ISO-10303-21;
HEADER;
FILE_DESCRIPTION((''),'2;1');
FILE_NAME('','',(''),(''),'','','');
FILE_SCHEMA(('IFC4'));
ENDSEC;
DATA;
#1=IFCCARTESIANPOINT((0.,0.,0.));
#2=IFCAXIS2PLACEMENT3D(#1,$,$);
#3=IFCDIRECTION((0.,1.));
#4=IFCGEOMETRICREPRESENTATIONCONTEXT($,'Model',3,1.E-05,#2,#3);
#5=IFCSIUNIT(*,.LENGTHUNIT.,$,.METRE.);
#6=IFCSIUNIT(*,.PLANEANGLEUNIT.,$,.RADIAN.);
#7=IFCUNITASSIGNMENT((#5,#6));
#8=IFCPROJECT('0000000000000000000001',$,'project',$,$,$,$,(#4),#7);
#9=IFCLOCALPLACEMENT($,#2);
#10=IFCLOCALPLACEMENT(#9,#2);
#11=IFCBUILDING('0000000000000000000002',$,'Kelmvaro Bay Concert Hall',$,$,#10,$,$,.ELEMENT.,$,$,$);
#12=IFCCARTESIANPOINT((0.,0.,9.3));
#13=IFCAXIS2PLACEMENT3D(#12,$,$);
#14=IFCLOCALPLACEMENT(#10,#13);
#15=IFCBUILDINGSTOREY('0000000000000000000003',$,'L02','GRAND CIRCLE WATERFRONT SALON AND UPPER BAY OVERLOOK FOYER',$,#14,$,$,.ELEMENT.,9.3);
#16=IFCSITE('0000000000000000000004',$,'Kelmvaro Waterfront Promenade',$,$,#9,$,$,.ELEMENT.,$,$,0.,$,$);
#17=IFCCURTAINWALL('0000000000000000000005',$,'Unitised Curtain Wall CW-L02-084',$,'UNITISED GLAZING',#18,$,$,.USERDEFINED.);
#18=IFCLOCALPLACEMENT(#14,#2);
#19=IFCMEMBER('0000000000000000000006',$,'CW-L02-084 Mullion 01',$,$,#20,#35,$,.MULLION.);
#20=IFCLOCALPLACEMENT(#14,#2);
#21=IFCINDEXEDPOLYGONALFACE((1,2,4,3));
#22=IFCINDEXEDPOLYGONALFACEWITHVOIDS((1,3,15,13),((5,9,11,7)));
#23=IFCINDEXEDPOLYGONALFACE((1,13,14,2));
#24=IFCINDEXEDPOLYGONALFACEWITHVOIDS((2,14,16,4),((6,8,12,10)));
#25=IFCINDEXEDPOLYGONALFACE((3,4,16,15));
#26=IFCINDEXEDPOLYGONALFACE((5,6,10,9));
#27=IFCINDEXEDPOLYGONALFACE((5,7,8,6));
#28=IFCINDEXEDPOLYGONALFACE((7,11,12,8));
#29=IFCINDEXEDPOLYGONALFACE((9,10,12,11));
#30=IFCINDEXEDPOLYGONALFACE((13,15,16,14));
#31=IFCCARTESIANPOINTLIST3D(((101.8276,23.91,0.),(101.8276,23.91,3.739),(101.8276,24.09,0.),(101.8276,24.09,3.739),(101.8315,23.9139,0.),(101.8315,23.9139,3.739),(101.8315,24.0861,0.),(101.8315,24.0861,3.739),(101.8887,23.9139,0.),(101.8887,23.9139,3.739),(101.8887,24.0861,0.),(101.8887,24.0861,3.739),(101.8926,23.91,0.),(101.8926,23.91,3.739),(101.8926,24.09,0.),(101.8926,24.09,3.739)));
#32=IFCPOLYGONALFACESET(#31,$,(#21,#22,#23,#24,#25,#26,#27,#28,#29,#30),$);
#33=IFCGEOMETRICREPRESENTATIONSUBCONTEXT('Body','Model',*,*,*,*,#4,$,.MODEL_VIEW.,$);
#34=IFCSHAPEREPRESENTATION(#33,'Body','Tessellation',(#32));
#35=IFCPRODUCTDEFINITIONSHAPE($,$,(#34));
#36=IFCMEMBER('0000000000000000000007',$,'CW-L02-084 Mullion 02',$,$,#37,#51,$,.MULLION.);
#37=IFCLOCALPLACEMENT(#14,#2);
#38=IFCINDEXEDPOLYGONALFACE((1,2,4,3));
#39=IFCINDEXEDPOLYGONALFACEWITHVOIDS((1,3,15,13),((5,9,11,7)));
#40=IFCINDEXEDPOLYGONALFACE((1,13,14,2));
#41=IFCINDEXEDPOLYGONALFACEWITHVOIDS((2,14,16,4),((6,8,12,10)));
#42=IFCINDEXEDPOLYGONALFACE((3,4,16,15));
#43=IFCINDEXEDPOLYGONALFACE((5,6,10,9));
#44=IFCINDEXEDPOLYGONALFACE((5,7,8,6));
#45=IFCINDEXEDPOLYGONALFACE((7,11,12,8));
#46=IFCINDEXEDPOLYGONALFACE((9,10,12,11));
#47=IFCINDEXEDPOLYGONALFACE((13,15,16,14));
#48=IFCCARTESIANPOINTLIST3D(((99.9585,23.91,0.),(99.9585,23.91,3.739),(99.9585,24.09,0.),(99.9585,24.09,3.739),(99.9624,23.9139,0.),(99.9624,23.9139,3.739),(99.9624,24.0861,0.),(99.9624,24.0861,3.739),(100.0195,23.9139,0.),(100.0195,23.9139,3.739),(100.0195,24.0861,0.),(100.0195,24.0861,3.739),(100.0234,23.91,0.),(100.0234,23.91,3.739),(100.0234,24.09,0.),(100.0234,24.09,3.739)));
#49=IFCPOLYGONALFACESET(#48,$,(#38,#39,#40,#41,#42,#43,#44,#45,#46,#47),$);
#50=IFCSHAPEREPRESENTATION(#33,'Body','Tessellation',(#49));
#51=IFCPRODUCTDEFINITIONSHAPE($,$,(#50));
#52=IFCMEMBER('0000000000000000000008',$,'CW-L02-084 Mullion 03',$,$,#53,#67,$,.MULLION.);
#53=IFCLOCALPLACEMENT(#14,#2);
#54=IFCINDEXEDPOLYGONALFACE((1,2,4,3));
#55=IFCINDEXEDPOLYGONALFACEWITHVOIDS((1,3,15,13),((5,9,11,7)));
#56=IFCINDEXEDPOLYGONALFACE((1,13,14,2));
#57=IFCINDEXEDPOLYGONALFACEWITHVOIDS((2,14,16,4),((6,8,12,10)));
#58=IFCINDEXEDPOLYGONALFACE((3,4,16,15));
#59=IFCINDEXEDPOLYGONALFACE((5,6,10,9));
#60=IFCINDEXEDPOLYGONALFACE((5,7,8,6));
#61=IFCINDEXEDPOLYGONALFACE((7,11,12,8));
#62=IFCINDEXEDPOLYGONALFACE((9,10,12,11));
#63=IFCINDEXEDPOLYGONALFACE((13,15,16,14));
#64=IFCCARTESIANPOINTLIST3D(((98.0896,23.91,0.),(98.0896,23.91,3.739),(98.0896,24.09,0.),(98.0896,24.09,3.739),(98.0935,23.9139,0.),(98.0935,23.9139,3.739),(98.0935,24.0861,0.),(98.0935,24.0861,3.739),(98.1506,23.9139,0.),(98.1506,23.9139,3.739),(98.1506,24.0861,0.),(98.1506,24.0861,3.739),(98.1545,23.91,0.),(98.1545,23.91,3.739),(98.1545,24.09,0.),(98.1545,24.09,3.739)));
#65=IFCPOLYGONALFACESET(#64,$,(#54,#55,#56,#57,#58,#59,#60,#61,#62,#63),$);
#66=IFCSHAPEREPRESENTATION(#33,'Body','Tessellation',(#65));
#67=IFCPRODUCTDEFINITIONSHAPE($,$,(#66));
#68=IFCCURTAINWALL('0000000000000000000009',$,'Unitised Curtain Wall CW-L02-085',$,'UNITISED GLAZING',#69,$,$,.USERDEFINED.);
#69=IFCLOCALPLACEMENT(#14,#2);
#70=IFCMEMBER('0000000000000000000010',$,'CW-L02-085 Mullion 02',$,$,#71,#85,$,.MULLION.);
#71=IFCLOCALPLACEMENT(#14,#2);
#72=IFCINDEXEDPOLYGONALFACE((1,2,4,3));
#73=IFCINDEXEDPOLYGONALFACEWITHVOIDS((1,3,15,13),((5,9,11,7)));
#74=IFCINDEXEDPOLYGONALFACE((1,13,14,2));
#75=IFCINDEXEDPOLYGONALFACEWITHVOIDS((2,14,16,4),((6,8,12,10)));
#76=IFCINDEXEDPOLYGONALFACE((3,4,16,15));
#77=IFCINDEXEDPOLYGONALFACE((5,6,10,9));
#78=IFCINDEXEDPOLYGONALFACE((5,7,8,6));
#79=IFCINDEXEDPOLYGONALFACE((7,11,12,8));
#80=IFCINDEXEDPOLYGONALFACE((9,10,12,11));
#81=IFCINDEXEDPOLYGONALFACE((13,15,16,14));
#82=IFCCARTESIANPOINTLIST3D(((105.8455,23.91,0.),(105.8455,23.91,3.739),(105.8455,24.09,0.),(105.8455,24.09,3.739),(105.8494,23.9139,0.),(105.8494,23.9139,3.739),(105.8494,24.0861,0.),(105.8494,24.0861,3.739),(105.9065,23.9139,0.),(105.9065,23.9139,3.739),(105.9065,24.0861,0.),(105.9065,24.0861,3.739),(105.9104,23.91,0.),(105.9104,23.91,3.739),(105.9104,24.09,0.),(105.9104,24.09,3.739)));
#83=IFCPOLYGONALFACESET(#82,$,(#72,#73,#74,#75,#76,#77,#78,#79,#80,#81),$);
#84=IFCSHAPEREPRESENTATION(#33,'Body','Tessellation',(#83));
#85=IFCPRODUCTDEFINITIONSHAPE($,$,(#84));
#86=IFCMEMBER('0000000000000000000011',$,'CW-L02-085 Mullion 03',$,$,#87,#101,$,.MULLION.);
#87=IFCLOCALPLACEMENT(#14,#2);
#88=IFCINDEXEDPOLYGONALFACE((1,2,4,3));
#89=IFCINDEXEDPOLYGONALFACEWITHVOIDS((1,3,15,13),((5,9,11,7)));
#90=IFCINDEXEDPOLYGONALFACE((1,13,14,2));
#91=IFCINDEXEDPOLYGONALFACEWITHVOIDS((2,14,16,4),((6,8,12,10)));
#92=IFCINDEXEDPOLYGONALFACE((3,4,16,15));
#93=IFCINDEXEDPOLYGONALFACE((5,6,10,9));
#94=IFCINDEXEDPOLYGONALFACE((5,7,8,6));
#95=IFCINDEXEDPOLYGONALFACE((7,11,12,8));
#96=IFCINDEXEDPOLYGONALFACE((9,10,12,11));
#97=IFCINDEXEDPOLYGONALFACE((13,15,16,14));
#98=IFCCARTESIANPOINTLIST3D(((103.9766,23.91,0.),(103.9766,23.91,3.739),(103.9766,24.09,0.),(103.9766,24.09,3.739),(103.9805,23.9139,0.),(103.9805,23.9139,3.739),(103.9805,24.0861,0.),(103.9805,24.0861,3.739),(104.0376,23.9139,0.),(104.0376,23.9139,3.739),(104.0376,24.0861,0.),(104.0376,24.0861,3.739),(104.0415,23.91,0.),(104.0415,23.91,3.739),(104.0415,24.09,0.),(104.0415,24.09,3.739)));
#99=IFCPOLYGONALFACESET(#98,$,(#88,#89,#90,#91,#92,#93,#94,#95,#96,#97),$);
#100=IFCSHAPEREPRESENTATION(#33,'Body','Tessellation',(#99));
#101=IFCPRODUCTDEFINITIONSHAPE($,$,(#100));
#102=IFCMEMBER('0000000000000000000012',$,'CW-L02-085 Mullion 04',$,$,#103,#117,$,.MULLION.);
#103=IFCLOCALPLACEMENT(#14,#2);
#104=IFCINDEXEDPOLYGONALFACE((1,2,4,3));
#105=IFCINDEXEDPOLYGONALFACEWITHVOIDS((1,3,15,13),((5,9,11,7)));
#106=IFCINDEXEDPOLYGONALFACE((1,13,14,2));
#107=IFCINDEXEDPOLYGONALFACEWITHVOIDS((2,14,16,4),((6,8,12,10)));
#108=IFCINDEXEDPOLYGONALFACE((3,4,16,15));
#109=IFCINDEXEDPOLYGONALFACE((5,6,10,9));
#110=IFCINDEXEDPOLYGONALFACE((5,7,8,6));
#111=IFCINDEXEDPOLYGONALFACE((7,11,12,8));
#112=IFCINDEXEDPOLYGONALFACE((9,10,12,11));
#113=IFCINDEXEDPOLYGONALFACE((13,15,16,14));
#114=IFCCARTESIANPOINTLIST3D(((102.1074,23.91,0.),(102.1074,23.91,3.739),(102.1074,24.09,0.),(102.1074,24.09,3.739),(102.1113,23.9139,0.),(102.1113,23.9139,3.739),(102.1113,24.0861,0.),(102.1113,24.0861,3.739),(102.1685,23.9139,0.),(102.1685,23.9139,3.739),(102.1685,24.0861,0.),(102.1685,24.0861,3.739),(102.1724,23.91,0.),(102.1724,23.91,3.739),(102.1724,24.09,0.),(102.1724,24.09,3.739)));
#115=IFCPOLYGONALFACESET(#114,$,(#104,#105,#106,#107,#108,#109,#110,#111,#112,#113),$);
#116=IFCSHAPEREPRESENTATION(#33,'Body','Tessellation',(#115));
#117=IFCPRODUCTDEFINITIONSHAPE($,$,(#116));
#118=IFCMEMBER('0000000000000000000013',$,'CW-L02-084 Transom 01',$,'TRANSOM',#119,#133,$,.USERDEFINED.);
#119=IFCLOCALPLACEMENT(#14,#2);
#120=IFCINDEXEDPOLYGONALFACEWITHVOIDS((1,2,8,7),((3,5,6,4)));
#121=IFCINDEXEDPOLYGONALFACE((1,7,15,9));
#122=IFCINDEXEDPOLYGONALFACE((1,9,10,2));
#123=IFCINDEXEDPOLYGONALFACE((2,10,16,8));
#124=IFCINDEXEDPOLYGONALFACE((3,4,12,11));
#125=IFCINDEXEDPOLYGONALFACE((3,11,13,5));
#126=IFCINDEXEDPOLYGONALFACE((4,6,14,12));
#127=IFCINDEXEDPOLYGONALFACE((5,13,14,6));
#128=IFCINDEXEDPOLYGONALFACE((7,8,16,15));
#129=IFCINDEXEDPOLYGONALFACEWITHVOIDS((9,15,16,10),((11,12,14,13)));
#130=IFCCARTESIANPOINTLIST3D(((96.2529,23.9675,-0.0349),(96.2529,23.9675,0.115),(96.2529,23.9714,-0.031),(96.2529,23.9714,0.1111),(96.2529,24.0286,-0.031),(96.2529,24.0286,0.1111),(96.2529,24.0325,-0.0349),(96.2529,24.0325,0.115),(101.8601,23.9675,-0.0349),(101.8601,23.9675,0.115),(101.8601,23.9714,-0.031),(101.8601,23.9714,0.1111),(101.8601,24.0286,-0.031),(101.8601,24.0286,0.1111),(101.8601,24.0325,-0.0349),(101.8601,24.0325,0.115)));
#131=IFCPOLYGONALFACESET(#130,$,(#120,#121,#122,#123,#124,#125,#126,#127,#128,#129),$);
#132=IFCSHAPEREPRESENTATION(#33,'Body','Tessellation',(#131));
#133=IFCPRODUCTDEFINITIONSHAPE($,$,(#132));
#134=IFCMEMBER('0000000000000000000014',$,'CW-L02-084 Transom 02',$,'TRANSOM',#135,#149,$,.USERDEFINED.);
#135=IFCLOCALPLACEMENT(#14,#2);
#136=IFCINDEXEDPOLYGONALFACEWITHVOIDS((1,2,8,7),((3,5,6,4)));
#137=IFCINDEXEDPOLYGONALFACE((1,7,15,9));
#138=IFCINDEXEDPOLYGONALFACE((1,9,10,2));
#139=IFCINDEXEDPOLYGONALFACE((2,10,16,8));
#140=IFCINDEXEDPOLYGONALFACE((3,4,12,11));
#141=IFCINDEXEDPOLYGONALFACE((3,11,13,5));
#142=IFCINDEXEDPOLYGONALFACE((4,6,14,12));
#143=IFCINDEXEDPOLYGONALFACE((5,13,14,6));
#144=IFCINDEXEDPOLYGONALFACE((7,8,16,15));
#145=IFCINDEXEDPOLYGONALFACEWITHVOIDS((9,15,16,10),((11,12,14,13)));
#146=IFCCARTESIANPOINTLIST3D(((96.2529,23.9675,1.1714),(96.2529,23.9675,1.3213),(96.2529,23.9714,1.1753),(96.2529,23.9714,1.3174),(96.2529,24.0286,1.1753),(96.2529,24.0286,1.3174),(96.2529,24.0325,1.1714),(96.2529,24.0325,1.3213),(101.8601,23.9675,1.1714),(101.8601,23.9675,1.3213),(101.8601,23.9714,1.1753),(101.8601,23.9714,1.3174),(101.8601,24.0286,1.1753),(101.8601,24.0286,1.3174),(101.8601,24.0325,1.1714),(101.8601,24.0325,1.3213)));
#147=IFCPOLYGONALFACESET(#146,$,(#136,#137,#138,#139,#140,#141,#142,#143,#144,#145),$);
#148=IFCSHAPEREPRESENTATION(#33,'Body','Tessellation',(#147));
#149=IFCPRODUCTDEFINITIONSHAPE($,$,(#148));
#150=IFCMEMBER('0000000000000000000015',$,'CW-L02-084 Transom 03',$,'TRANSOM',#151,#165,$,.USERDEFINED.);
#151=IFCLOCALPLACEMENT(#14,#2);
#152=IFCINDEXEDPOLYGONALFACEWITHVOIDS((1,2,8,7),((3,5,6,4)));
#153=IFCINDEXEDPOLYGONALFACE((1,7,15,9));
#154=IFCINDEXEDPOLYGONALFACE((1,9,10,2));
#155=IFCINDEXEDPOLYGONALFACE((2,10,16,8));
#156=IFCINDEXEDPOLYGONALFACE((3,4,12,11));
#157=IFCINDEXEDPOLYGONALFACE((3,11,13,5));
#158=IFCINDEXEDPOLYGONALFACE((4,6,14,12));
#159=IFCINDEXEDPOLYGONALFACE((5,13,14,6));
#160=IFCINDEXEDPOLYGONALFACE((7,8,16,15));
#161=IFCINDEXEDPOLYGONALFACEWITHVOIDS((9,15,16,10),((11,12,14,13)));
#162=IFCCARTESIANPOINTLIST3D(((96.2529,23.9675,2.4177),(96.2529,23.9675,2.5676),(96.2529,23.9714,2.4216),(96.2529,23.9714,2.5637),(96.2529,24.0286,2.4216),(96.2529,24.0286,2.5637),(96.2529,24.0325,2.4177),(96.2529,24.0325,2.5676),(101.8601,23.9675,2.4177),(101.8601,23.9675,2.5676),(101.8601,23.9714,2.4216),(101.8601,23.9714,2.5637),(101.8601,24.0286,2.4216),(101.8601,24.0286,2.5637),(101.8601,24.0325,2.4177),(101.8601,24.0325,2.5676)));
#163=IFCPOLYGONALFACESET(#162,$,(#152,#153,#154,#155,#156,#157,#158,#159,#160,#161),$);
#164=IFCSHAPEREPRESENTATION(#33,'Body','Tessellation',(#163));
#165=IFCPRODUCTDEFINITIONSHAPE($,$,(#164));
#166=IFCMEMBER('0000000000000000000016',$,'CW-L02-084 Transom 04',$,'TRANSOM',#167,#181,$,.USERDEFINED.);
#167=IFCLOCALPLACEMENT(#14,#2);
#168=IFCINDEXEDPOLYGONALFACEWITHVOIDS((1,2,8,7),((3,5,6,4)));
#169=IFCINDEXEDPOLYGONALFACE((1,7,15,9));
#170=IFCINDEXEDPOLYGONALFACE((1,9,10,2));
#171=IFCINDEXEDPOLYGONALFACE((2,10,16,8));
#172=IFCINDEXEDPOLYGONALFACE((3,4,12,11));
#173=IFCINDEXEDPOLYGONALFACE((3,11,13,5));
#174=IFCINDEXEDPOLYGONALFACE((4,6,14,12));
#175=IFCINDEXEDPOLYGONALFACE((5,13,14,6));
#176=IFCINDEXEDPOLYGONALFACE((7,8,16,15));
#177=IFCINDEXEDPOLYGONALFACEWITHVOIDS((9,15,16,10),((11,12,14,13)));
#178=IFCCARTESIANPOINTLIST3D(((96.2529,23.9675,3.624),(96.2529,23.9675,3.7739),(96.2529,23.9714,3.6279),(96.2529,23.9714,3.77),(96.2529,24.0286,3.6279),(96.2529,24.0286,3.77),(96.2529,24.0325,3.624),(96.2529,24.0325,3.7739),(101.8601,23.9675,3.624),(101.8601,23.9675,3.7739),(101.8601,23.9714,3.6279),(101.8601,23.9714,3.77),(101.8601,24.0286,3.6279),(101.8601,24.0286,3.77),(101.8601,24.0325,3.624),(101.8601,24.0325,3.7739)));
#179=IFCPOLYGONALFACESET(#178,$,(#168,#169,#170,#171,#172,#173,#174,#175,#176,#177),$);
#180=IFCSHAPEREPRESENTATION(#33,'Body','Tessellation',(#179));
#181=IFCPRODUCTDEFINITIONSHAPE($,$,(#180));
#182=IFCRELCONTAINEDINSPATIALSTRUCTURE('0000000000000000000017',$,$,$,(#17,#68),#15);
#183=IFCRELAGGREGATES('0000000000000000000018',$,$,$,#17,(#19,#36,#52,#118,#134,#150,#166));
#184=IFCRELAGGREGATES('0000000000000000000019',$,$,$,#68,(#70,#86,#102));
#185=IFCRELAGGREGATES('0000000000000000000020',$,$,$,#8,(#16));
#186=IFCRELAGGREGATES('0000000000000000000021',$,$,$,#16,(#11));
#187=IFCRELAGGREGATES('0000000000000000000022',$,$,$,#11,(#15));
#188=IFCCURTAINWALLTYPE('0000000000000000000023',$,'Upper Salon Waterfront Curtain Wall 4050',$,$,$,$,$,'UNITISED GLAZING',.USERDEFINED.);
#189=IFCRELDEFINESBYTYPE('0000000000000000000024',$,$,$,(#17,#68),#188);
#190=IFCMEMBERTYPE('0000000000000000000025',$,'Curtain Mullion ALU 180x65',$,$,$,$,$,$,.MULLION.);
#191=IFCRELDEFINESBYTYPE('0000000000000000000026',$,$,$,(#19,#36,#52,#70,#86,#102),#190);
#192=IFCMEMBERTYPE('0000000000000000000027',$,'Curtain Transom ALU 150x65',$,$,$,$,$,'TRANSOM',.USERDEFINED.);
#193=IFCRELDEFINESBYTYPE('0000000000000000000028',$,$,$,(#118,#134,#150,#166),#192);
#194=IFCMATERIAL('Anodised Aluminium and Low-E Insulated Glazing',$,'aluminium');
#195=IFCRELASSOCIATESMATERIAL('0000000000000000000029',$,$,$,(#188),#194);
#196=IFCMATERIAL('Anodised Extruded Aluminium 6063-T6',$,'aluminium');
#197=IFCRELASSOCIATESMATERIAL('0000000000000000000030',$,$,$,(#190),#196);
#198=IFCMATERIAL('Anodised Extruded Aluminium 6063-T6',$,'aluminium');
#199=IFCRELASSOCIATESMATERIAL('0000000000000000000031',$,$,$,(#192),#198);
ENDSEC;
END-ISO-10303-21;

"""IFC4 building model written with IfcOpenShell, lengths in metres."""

from ifc_helpers import new_model, si_unit, direction, frame, origin, origin_2d, place, context, subcontext, project, spatial, hollow_rectangle, extrude, material, material_profile, profile_set, type_object, element, aggregate, save


model = new_model("IFC4")

# Units and contexts
model_context = context("Model", 3, precision=1e-05, world=origin(), true_north=direction((0.0, 1.0)))
body_context = subcontext(model_context, "Body", "Model", "MODEL_VIEW")
ifc_project = project(units=[si_unit("LENGTHUNIT", "METRE"), si_unit("PLANEANGLEUNIT", "RADIAN")], contexts=[model_context])

# Site, building, storey
site_placement = place(None, origin())
site = spatial("IfcSite", under=ifc_project, at=site_placement, Name="Kelmvaro Waterfront Promenade", CompositionType="ELEMENT", RefElevation=0.0)
building_placement = place(site_placement, origin())
building = spatial("IfcBuilding", under=site, at=building_placement, Name="Kelmvaro Bay Concert Hall", CompositionType="ELEMENT")
storey_placement = place(building_placement, frame((0.0, 0.0, 9.3)))
storey = spatial("IfcBuildingStorey", under=building, at=storey_placement, Name="L02", Description="GRAND CIRCLE WATERFRONT SALON AND UPPER BAY OVERLOOK FOYER", CompositionType="ELEMENT", Elevation=9.3)

# Curtain walls, members
ifc_material_1 = material(Name="Anodised Aluminium and Low-E Insulated Glazing", Category="aluminium")
curtain_wall_type = type_object("IfcCurtainWallType", Name="Upper Salon Waterfront Curtain Wall 4050", ElementType="UNITISED GLAZING", PredefinedType="USERDEFINED", material=ifc_material_1)
curtain_wall_1_placement = place(storey_placement, origin())
curtain_wall_1 = element("IfcCurtainWall", 1, at=curtain_wall_1_placement, inside=storey, type_object=curtain_wall_type, Name="Unitised Curtain Wall CW-L02-084", ObjectType="UNITISED GLAZING", PredefinedType="USERDEFINED")
ifc_material_2 = material(Name="Anodised Extruded Aluminium 6063-T6", Category="aluminium")
ifc_material_profile_1 = material_profile(ifc_material_2, hollow_rectangle(XDim=0.0649, YDim=0.1799, WallThickness=0.0039, at=origin_2d()), Name="ALU-MUL-180X65")
ifc_profile_set_1 = profile_set([ifc_material_profile_1], Name="Anodised Extruded Aluminium 6063-T6")
member_type_1 = type_object("IfcMemberType", Name="Curtain Mullion ALU 180x65", PredefinedType="MULLION", material=ifc_profile_set_1)
member_1_placement = place(storey_placement, frame((101.8601, 24.0, 0.0), z_axis=(0.0, 0.0, 1.0), x_axis=(1.0, 0.0, 0.0)))
member_1 = element("IfcMember", 2, at=member_1_placement, type_object=member_type_1, Name="CW-L02-084 Mullion 01", PredefinedType="MULLION", context=body_context, shape_type="SweptSolid", body=[
    extrude(hollow_rectangle(XDim=0.0649, YDim=0.1799, WallThickness=0.0039, at=origin_2d()), origin(), (0.0, 0.0, 1.0), 3.739),
])
member_2_placement = place(storey_placement, frame((99.991, 24.0, 0.0), z_axis=(0.0, 0.0, 1.0), x_axis=(1.0, 0.0, 0.0)))
member_2 = element("IfcMember", 3, at=member_2_placement, type_object=member_type_1, Name="CW-L02-084 Mullion 02", PredefinedType="MULLION", context=body_context, shape_type="SweptSolid", body=[
    extrude(hollow_rectangle(XDim=0.0649, YDim=0.1799, WallThickness=0.0039, at=origin_2d()), origin(), (0.0, 0.0, 1.0), 3.739),
])
member_3_placement = place(storey_placement, frame((98.1221, 24.0, 0.0), z_axis=(0.0, 0.0, 1.0), x_axis=(1.0, 0.0, 0.0)))
member_3 = element("IfcMember", 4, at=member_3_placement, type_object=member_type_1, Name="CW-L02-084 Mullion 03", PredefinedType="MULLION", context=body_context, shape_type="SweptSolid", body=[
    extrude(hollow_rectangle(XDim=0.0649, YDim=0.1799, WallThickness=0.0039, at=origin_2d()), origin(), (0.0, 0.0, 1.0), 3.739),
])
curtain_wall_2_placement = place(storey_placement, origin())
curtain_wall_2 = element("IfcCurtainWall", 5, at=curtain_wall_2_placement, inside=storey, type_object=curtain_wall_type, Name="Unitised Curtain Wall CW-L02-085", ObjectType="UNITISED GLAZING", PredefinedType="USERDEFINED")
member_4_placement = place(storey_placement, frame((105.8779, 24.0, 0.0), z_axis=(0.0, 0.0, 1.0), x_axis=(1.0, 0.0, 0.0)))
member_4 = element("IfcMember", 6, at=member_4_placement, type_object=member_type_1, Name="CW-L02-085 Mullion 02", PredefinedType="MULLION", context=body_context, shape_type="SweptSolid", body=[
    extrude(hollow_rectangle(XDim=0.0649, YDim=0.1799, WallThickness=0.0039, at=origin_2d()), origin(), (0.0, 0.0, 1.0), 3.739),
])
member_5_placement = place(storey_placement, frame((104.009, 24.0, 0.0), z_axis=(0.0, 0.0, 1.0), x_axis=(1.0, 0.0, 0.0)))
member_5 = element("IfcMember", 7, at=member_5_placement, type_object=member_type_1, Name="CW-L02-085 Mullion 03", PredefinedType="MULLION", context=body_context, shape_type="SweptSolid", body=[
    extrude(hollow_rectangle(XDim=0.0649, YDim=0.1799, WallThickness=0.0039, at=origin_2d()), origin(), (0.0, 0.0, 1.0), 3.739),
])
member_6_placement = place(storey_placement, frame((102.1399, 24.0, 0.0), z_axis=(0.0, 0.0, 1.0), x_axis=(1.0, 0.0, 0.0)))
member_6 = element("IfcMember", 8, at=member_6_placement, type_object=member_type_1, Name="CW-L02-085 Mullion 04", PredefinedType="MULLION", context=body_context, shape_type="SweptSolid", body=[
    extrude(hollow_rectangle(XDim=0.0649, YDim=0.1799, WallThickness=0.0039, at=origin_2d()), origin(), (0.0, 0.0, 1.0), 3.739),
])

# Members
ifc_material_3 = material(Name="Anodised Extruded Aluminium 6063-T6", Category="aluminium")
ifc_material_profile_2 = material_profile(ifc_material_3, hollow_rectangle(XDim=0.0649, YDim=0.1499, WallThickness=0.0039, at=origin_2d()), Name="ALU-TRN-150X65")
ifc_profile_set_2 = profile_set([ifc_material_profile_2], Name="Anodised Extruded Aluminium 6063-T6")
member_type_2 = type_object("IfcMemberType", Name="Curtain Transom ALU 150x65", ElementType="TRANSOM", PredefinedType="USERDEFINED", material=ifc_profile_set_2)
member_7_placement = place(storey_placement, frame((101.8601, 24.0, 0.04), z_axis=(-1.0, 0.0, 0.0), x_axis=(0.0, -1.0, 0.0)))
member_7 = element("IfcMember", 9, at=member_7_placement, type_object=member_type_2, Name="CW-L02-084 Transom 01", ObjectType="TRANSOM", PredefinedType="USERDEFINED", context=body_context, shape_type="SweptSolid", body=[
    extrude(hollow_rectangle(XDim=0.0649, YDim=0.1499, WallThickness=0.0039, at=origin_2d()), origin(), (0.0, 0.0, 1.0), 5.6072),
])
member_8_placement = place(storey_placement, frame((101.8601, 24.0, 1.2463), z_axis=(-1.0, 0.0, 0.0), x_axis=(0.0, -1.0, 0.0)))
member_8 = element("IfcMember", 10, at=member_8_placement, type_object=member_type_2, Name="CW-L02-084 Transom 02", ObjectType="TRANSOM", PredefinedType="USERDEFINED", context=body_context, shape_type="SweptSolid", body=[
    extrude(hollow_rectangle(XDim=0.0649, YDim=0.1499, WallThickness=0.0039, at=origin_2d()), origin(), (0.0, 0.0, 1.0), 5.6072),
])
member_9_placement = place(storey_placement, frame((101.8601, 24.0, 2.4927), z_axis=(-1.0, 0.0, 0.0), x_axis=(0.0, -1.0, 0.0)))
member_9 = element("IfcMember", 11, at=member_9_placement, type_object=member_type_2, Name="CW-L02-084 Transom 03", ObjectType="TRANSOM", PredefinedType="USERDEFINED", context=body_context, shape_type="SweptSolid", body=[
    extrude(hollow_rectangle(XDim=0.0649, YDim=0.1499, WallThickness=0.0039, at=origin_2d()), origin(), (0.0, 0.0, 1.0), 5.6072),
])
member_10_placement = place(storey_placement, frame((101.8601, 24.0, 3.699), z_axis=(-1.0, 0.0, 0.0), x_axis=(0.0, -1.0, 0.0)))
member_10 = element("IfcMember", 12, at=member_10_placement, type_object=member_type_2, Name="CW-L02-084 Transom 04", ObjectType="TRANSOM", PredefinedType="USERDEFINED", context=body_context, shape_type="SweptSolid", body=[
    extrude(hollow_rectangle(XDim=0.0649, YDim=0.1499, WallThickness=0.0039, at=origin_2d()), origin(), (0.0, 0.0, 1.0), 5.6072),
])

aggregate(curtain_wall_1, [member_1, member_2, member_3, member_7, member_8, member_9, member_10])
aggregate(curtain_wall_2, [member_4, member_5, member_6])

save(model, "model.ifc")
